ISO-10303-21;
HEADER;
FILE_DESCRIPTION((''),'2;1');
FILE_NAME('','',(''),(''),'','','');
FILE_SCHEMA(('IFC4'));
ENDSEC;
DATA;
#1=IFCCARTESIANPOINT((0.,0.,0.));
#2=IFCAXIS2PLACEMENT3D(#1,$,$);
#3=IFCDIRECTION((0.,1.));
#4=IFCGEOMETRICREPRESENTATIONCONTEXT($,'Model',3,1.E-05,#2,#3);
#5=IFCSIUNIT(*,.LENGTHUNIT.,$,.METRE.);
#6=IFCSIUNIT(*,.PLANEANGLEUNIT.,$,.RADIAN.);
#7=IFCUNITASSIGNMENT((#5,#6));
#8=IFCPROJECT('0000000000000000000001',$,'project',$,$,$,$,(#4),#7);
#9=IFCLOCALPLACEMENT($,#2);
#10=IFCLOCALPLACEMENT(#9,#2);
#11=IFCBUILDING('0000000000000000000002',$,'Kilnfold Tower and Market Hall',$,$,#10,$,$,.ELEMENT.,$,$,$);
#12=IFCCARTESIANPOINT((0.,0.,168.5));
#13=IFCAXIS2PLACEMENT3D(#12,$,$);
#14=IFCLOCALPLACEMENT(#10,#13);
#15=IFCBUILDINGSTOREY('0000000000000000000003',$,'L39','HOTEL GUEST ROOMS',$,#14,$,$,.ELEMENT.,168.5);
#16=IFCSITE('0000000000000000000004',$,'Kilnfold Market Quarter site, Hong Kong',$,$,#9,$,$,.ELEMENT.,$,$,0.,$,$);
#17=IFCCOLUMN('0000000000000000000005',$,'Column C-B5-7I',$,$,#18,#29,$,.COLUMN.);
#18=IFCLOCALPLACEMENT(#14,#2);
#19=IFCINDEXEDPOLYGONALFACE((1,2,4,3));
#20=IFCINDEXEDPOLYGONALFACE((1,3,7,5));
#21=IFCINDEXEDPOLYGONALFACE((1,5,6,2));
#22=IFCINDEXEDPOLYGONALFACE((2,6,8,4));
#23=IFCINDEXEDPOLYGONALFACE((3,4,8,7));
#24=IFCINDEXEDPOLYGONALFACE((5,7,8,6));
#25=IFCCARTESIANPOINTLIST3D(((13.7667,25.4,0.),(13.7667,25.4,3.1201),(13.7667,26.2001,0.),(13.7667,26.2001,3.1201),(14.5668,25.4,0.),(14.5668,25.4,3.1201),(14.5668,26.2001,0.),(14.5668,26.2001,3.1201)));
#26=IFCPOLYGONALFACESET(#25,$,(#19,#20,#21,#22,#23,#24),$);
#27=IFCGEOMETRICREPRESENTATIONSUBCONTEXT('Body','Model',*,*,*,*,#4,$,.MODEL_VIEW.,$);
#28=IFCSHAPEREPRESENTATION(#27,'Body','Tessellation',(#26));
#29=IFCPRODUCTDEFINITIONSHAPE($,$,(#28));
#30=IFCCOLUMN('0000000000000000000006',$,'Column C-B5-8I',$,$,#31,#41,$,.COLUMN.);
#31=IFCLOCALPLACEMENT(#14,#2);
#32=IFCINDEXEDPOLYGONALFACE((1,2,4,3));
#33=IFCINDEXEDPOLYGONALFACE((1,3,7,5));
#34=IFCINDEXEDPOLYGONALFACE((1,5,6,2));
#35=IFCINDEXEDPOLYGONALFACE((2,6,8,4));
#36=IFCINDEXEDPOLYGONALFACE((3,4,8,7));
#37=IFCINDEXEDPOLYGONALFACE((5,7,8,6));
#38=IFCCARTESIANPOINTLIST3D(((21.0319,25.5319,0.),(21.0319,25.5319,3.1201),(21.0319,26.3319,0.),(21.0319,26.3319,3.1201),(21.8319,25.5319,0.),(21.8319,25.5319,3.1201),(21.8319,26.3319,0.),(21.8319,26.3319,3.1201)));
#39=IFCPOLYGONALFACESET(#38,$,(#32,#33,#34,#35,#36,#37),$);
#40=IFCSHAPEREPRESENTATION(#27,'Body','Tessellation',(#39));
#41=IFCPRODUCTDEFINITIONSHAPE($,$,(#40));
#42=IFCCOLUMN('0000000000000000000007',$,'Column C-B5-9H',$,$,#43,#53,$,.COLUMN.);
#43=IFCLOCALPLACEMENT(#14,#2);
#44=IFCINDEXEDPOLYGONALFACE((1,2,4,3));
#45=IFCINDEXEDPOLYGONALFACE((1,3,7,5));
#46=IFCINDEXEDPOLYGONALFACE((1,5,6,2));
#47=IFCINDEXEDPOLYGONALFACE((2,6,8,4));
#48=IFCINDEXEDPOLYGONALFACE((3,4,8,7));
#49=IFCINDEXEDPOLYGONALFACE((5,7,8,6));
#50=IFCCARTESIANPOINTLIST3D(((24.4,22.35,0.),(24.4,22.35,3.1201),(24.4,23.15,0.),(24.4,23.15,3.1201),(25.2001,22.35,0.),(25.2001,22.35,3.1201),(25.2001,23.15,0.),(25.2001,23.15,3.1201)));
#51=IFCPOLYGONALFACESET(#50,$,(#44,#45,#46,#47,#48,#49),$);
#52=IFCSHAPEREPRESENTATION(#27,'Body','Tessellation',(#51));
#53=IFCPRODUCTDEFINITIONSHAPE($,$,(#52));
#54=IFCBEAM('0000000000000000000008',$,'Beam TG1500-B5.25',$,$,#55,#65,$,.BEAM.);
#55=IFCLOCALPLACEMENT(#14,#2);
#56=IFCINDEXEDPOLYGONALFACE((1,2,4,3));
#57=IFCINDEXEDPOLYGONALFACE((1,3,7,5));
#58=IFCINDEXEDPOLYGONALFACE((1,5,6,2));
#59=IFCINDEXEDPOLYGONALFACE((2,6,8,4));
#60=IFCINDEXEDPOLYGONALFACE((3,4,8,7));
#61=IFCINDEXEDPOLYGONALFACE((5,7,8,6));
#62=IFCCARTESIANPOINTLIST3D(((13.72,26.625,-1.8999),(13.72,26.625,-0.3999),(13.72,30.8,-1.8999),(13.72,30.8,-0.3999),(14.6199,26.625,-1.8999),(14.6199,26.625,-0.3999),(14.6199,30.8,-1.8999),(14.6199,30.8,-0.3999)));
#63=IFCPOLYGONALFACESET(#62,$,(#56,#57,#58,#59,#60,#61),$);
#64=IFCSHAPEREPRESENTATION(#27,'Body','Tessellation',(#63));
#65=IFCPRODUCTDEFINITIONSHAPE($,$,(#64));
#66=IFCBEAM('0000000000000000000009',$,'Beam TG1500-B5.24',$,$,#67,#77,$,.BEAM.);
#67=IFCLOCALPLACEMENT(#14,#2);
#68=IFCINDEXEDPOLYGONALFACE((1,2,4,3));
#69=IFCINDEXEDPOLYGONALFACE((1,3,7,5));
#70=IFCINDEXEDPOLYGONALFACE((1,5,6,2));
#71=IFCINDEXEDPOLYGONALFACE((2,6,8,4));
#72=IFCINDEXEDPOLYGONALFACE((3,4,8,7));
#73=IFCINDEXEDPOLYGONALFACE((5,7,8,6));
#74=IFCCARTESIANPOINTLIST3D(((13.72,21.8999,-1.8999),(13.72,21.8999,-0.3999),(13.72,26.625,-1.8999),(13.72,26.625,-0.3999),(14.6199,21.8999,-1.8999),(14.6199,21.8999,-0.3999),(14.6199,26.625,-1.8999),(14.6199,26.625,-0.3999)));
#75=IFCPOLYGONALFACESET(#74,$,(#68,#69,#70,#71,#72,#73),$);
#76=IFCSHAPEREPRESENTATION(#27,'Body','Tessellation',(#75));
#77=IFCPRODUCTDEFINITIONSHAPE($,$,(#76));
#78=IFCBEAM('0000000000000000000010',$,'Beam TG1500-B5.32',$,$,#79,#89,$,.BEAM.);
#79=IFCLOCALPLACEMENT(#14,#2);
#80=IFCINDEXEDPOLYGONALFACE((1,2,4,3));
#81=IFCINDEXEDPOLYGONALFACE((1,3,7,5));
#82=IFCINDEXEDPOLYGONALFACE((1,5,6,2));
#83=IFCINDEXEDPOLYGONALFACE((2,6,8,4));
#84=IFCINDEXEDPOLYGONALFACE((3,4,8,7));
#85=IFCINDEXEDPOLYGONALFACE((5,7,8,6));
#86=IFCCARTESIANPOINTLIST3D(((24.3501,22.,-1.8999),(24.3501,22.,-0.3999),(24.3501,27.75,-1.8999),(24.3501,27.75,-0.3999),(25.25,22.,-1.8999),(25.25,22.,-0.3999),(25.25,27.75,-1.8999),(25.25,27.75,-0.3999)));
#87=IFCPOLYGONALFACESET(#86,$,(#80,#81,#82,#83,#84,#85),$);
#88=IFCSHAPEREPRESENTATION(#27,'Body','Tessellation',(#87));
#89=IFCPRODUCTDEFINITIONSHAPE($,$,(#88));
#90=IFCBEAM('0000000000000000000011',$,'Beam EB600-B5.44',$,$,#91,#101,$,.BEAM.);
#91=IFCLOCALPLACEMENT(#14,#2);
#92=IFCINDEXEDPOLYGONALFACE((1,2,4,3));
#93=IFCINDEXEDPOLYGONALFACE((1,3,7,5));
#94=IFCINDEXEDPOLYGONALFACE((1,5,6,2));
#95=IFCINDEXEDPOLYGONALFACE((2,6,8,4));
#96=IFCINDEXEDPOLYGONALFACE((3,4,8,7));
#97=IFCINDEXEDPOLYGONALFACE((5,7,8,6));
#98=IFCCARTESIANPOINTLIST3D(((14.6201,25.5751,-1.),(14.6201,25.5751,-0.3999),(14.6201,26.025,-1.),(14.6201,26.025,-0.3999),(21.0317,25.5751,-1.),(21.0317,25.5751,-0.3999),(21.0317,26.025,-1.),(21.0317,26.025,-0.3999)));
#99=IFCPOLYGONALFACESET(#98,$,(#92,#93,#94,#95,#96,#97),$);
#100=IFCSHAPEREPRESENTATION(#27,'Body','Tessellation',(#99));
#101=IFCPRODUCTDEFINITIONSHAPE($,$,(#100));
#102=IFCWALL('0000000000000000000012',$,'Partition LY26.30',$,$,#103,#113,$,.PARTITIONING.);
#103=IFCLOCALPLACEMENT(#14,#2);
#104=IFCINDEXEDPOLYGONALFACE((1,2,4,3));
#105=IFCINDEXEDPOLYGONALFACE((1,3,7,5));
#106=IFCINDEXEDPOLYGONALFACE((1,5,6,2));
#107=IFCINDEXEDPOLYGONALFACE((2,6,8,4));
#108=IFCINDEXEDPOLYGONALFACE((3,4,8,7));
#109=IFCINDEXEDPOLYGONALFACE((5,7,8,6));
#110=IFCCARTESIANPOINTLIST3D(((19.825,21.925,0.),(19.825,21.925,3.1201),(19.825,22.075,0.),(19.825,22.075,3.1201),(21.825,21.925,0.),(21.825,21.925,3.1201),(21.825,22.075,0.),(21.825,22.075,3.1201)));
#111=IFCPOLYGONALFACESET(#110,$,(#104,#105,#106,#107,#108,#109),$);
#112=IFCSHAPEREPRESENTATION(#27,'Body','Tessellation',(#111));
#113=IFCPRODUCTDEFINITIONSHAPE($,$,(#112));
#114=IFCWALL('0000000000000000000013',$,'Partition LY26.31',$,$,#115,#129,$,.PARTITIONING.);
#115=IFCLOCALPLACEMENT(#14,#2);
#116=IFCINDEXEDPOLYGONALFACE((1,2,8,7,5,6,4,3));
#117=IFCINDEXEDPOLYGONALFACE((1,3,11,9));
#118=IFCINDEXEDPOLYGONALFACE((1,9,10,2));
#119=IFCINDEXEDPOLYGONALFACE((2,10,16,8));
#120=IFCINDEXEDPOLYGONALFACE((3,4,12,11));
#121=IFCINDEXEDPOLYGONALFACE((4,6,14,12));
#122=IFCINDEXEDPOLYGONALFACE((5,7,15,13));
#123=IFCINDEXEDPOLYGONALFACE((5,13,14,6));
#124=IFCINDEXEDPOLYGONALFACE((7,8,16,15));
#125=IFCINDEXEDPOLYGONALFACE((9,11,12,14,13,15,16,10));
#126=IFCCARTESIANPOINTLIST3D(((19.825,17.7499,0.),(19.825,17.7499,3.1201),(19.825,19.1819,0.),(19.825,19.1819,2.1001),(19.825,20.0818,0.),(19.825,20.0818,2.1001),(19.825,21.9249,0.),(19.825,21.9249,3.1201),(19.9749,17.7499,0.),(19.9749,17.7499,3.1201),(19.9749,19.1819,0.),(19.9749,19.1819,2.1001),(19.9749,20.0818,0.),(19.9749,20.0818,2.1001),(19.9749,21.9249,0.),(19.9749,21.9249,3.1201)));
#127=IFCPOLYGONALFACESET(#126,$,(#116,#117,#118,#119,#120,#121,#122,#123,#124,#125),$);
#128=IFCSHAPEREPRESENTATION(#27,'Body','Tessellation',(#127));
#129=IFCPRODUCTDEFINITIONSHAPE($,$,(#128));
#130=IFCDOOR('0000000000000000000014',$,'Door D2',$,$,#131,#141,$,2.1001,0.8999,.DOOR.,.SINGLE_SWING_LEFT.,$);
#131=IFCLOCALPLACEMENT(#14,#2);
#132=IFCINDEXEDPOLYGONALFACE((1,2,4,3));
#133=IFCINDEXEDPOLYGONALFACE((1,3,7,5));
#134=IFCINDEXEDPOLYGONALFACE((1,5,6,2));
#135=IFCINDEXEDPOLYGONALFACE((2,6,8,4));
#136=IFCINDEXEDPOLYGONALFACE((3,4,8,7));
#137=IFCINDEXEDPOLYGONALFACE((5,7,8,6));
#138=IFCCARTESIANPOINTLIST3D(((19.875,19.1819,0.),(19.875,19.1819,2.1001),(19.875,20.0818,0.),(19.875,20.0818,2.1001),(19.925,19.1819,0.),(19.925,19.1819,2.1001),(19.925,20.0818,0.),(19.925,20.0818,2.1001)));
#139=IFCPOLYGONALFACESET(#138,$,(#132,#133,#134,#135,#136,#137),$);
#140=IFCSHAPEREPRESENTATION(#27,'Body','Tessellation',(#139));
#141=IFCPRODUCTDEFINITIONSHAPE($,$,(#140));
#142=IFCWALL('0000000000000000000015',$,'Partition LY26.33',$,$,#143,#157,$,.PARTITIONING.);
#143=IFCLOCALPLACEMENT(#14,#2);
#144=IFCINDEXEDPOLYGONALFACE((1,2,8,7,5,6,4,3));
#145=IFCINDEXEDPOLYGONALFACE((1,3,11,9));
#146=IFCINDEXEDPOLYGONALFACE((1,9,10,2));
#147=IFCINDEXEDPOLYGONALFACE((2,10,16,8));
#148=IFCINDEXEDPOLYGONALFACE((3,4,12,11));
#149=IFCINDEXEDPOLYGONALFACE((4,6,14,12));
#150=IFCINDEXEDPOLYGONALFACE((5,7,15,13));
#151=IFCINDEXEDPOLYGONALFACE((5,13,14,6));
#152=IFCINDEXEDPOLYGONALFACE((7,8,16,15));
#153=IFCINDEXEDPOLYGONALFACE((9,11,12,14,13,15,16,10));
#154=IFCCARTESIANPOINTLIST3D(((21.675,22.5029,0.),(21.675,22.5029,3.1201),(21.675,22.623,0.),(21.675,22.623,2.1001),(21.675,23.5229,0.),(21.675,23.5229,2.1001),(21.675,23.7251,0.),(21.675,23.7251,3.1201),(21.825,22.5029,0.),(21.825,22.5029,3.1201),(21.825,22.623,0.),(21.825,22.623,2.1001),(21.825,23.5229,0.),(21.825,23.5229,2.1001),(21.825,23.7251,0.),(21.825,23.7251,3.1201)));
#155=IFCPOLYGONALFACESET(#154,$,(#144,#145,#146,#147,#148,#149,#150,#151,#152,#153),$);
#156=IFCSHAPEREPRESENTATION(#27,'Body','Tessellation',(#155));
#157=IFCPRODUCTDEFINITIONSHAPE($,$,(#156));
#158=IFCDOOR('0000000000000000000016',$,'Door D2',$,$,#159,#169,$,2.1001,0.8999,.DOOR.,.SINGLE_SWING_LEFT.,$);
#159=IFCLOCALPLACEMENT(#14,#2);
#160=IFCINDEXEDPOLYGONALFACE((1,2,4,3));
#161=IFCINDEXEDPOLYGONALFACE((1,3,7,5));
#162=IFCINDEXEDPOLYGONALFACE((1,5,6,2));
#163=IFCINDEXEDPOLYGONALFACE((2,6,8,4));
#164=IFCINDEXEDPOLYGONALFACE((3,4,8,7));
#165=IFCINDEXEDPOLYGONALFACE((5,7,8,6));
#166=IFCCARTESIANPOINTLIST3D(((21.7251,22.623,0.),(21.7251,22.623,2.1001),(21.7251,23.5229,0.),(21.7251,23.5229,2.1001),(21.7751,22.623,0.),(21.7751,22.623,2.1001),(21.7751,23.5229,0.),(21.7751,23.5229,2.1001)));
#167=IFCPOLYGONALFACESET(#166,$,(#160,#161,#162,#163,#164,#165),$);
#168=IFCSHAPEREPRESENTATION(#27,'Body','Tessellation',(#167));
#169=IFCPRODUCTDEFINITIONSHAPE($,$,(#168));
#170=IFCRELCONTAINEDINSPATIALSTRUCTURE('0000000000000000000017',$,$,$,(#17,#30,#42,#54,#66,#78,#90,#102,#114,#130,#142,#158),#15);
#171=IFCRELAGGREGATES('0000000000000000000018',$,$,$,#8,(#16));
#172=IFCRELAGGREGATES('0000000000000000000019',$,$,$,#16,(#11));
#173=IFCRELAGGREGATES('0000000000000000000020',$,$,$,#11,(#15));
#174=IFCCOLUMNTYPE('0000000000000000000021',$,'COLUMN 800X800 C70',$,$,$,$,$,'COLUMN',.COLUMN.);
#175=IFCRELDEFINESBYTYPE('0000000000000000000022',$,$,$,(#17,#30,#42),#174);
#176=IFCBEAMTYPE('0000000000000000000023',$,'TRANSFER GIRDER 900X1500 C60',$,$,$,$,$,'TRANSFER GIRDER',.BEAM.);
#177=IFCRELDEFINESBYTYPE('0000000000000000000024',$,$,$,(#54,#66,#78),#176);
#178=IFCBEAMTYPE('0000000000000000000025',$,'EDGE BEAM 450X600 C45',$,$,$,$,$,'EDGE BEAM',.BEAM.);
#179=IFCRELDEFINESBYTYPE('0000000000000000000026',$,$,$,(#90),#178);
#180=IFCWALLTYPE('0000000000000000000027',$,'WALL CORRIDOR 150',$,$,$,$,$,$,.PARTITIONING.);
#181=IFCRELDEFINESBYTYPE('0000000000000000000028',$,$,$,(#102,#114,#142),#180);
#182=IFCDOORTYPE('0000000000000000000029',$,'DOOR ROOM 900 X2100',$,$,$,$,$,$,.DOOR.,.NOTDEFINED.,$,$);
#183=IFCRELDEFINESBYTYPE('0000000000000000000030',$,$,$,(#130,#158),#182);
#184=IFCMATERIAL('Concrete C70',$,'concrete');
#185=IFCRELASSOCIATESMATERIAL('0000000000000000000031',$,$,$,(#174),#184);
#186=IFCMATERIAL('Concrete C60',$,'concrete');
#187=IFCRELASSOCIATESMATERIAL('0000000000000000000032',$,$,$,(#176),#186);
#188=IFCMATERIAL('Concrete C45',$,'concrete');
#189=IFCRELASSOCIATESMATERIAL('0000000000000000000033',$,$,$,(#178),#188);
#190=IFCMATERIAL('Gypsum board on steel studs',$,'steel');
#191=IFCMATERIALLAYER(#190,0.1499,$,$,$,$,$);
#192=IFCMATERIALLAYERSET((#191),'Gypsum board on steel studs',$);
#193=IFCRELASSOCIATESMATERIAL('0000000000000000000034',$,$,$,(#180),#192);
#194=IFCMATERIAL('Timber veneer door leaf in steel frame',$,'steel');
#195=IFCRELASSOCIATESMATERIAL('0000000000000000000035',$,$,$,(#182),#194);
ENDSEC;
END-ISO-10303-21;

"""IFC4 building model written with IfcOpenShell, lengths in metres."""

from ifc_helpers import new_model, si_unit, direction, frame, frame_2d, origin, origin_2d, place, context, subcontext, project, spatial, rectangle, extrude, source, transform, mapped, material, layer, layer_set, material_profile, profile_set, type_object, element, fill, save


model = new_model("IFC4")

# Units and contexts
model_context = context("Model", 3, precision=1e-05, world=origin(), true_north=direction((0.0, 1.0)))
body_context = subcontext(model_context, "Body", "Model", "MODEL_VIEW")
ifc_project = project(units=[si_unit("LENGTHUNIT", "METRE"), si_unit("PLANEANGLEUNIT", "RADIAN")], contexts=[model_context])

# Site, building, storey
site_placement = place(None, origin())
site = spatial("IfcSite", under=ifc_project, at=site_placement, Name="Kilnfold Market Quarter site, Hong Kong", CompositionType="ELEMENT", RefElevation=0.0)
building_placement = place(site_placement, origin())
building = spatial("IfcBuilding", under=site, at=building_placement, Name="Kilnfold Tower and Market Hall", CompositionType="ELEMENT")
storey_placement = place(building_placement, frame((0.0, 0.0, 168.5)))
storey = spatial("IfcBuildingStorey", under=building, at=storey_placement, Name="L39", Description="HOTEL GUEST ROOMS", CompositionType="ELEMENT", Elevation=168.5)

# Columns
ifc_material_1 = material(Name="Concrete C70", Category="concrete")
ifc_material_profile_1 = material_profile(ifc_material_1, rectangle(XDim=0.8, YDim=0.8, at=origin_2d()), Name="RC 800x800")
ifc_profile_set_1 = profile_set([ifc_material_profile_1], Name="Concrete C70")
column_type = type_object("IfcColumnType", Name="COLUMN 800X800 C70", ElementType="COLUMN", PredefinedType="COLUMN", material=ifc_profile_set_1)
shared_shape_1 = source(origin(), body_context, "Body", "SweptSolid", [
    extrude(rectangle(XDim=0.8, YDim=0.8, at=origin_2d()), origin(), (0.0, 0.0, 1.0), 3.1201),
])
for number, where, z_axis, x_axis, name in (
    (1, (14.1667, 25.8, 0.0), (0.0, 0.0, 1.0), (1.0, 0.0, 0.0), "Column C-B5-7I"),
    (2, (21.4319, 25.9319, 0.0), (0.0, 0.0, 1.0), (1.0, 0.0, 0.0), "Column C-B5-8I"),
    (3, (24.8, 22.75, 0.0), (0.0, 0.0, 1.0), (1.0, 0.0, 0.0), "Column C-B5-9H"),
):
    element("IfcColumn", number, at=place(storey_placement, frame(where, z_axis=z_axis, x_axis=x_axis)), inside=storey, type_object=column_type, Name=name, PredefinedType="COLUMN", context=body_context, shape_type="MappedRepresentation", body=[
        mapped(shared_shape_1, transform((0.0, 0.0, 0.0))),
    ])

# Beams
ifc_material_2 = material(Name="Concrete C60", Category="concrete")
ifc_material_profile_2 = material_profile(ifc_material_2, rectangle(XDim=0.8999, YDim=1.5, at=origin_2d()), Name="RC 900x1500")
ifc_profile_set_2 = profile_set([ifc_material_profile_2], Name="Concrete C60")
beam_type_1 = type_object("IfcBeamType", Name="TRANSFER GIRDER 900X1500 C60", ElementType="TRANSFER GIRDER", PredefinedType="BEAM", material=ifc_profile_set_2)
shared_shape_2 = source(origin(), body_context, "Body", "SweptSolid", [
    extrude(rectangle(XDim=0.8999, YDim=1.5, at=origin_2d()), origin(), (0.0, 0.0, 1.0), 4.175),
])
beam_1_placement = place(storey_placement, frame((14.1699, 26.625, -1.1499), z_axis=(0.0, 1.0, 0.0), x_axis=(-1.0, 0.0, 0.0)))
element("IfcBeam", 4, at=beam_1_placement, inside=storey, type_object=beam_type_1, Name="Beam TG1500-B5.25", PredefinedType="BEAM", context=body_context, shape_type="MappedRepresentation", body=[
    mapped(shared_shape_2, transform((0.0, 0.0, 0.0))),
])
shared_shape_3 = source(origin(), body_context, "Body", "SweptSolid", [
    extrude(rectangle(XDim=0.8999, YDim=1.5, at=origin_2d()), origin(), (0.0, 0.0, 1.0), 4.7251),
])
beam_2_placement = place(storey_placement, frame((14.1699, 21.8999, -1.1499), z_axis=(0.0, 1.0, 0.0), x_axis=(-1.0, 0.0, 0.0)))
element("IfcBeam", 5, at=beam_2_placement, inside=storey, type_object=beam_type_1, Name="Beam TG1500-B5.24", PredefinedType="BEAM", context=body_context, shape_type="MappedRepresentation", body=[
    mapped(shared_shape_3, transform((0.0, 0.0, 0.0))),
])
shared_shape_4 = source(origin(), body_context, "Body", "SweptSolid", [
    extrude(rectangle(XDim=0.8999, YDim=1.5, at=origin_2d()), origin(), (0.0, 0.0, 1.0), 5.75),
])
beam_3_placement = place(storey_placement, frame((24.8, 22.0, -1.1499), z_axis=(0.0, 1.0, 0.0), x_axis=(-1.0, 0.0, 0.0)))
element("IfcBeam", 6, at=beam_3_placement, inside=storey, type_object=beam_type_1, Name="Beam TG1500-B5.32", PredefinedType="BEAM", context=body_context, shape_type="MappedRepresentation", body=[
    mapped(shared_shape_4, transform((0.0, 0.0, 0.0))),
])
ifc_material_3 = material(Name="Concrete C45", Category="concrete")
ifc_material_profile_3 = material_profile(ifc_material_3, rectangle(XDim=0.45, YDim=0.6001, at=origin_2d()), Name="RC 450x600")
ifc_profile_set_3 = profile_set([ifc_material_profile_3], Name="Concrete C45")
beam_type_2 = type_object("IfcBeamType", Name="EDGE BEAM 450X600 C45", ElementType="EDGE BEAM", PredefinedType="BEAM", material=ifc_profile_set_3)
shared_shape_5 = source(origin(), body_context, "Body", "SweptSolid", [
    extrude(rectangle(XDim=0.45, YDim=0.6001, at=origin_2d()), origin(), (0.0, 0.0, 1.0), 6.4116),
])
beam_4_placement = place(storey_placement, frame((14.6201, 25.8, -0.7), z_axis=(1.0, 0.0, 0.0), x_axis=(0.0, 1.0, 0.0)))
element("IfcBeam", 7, at=beam_4_placement, inside=storey, type_object=beam_type_2, Name="Beam EB600-B5.44", PredefinedType="BEAM", context=body_context, shape_type="MappedRepresentation", body=[
    mapped(shared_shape_5, transform((0.0, 0.0, 0.0))),
])

# Wall
ifc_material_4 = material(Name="Gypsum board on steel studs", Category="steel")
ifc_layer_1 = layer(ifc_material_4, 0.1499)
ifc_layer_set_1 = layer_set([ifc_layer_1], Name="Gypsum board on steel studs")
wall_type_1 = type_object("IfcWallType", Name="WALL CORRIDOR 150", PredefinedType="PARTITIONING", material=ifc_layer_set_1)
wall_1_placement = place(storey_placement, frame((19.825, 22.0, 0.0), z_axis=(0.0, 0.0, 1.0), x_axis=(1.0, 0.0, 0.0)))
element("IfcWall", 8, at=wall_1_placement, inside=storey, type_object=wall_type_1, Name="Partition LY26.30", PredefinedType="PARTITIONING", context=body_context, shape_type="SweptSolid", body=[
    extrude(rectangle(XDim=2.0, YDim=0.1499, at=frame_2d((1.0, 0.0))), origin(), (0.0, 0.0, 1.0), 3.1201),
])

# Walls, openings, doors
wall_2_placement = place(storey_placement, frame((19.8999, 17.75, 0.0), z_axis=(0.0, 0.0, 1.0), x_axis=(0.0, 1.0, 0.0)))
wall_2 = element("IfcWall", 9, at=wall_2_placement, inside=storey, type_object=wall_type_1, Name="Partition LY26.31", PredefinedType="PARTITIONING", context=body_context, shape_type="SweptSolid", body=[
    extrude(rectangle(XDim=4.175, YDim=0.1499, at=frame_2d((2.0874, 0.0))), origin(), (0.0, 0.0, 1.0), 3.1201),
])
opening_1_placement = place(wall_2_placement, frame((1.4319, 0.0, 0.0)))
opening_1 = element("IfcOpeningElement", 10, at=opening_1_placement, cuts=wall_2, PredefinedType="OPENING", context=body_context, shape_type="SweptSolid", body=[
    extrude(rectangle(XDim=0.8999, YDim=2.1001, at=frame_2d((0.45, 1.05))), frame((0.0, 0.085, 0.0), z_axis=(0.0, -1.0, 0.0), x_axis=(1.0, 0.0, 0.0)), (0.0, 0.0, 1.0), 0.1699),
])
ifc_material_5 = material(Name="Timber veneer door leaf in steel frame", Category="steel")
door_type_1 = type_object("IfcDoorType", Name="DOOR ROOM 900 X2100", OperationType="NOTDEFINED", PredefinedType="DOOR", material=ifc_material_5)
door_1_placement = place(opening_1_placement, origin())
door_1 = element("IfcDoor", 11, at=door_1_placement, inside=storey, type_object=door_type_1, Name="Door D2", OperationType="SINGLE_SWING_LEFT", OverallHeight=2.1001, OverallWidth=0.8999, PredefinedType="DOOR", context=body_context, shape_type="SweptSolid", body=[
    extrude(rectangle(XDim=0.8999, YDim=2.1001, at=frame_2d((0.45, 1.05))), frame((0.0, 0.0249, 0.0), z_axis=(0.0, -1.0, 0.0), x_axis=(1.0, 0.0, 0.0)), (0.0, 0.0, 1.0), 0.05),
])
fill(opening_1, door_1)
wall_3_placement = place(storey_placement, frame((21.75, 22.5029, 0.0), z_axis=(0.0, 0.0, 1.0), x_axis=(0.0, 1.0, 0.0)))
wall_3 = element("IfcWall", 12, at=wall_3_placement, inside=storey, type_object=wall_type_1, Name="Partition LY26.33", PredefinedType="PARTITIONING", context=body_context, shape_type="SweptSolid", body=[
    extrude(rectangle(XDim=1.2222, YDim=0.1499, at=frame_2d((0.6111, 0.0))), origin(), (0.0, 0.0, 1.0), 3.1201),
])
opening_2_placement = place(wall_3_placement, frame((0.1201, 0.0, 0.0)))
opening_2 = element("IfcOpeningElement", 13, at=opening_2_placement, cuts=wall_3, PredefinedType="OPENING", context=body_context, shape_type="SweptSolid", body=[
    extrude(rectangle(XDim=0.8999, YDim=2.1001, at=frame_2d((0.45, 1.05))), frame((0.0, 0.085, 0.0), z_axis=(0.0, -1.0, 0.0), x_axis=(1.0, 0.0, 0.0)), (0.0, 0.0, 1.0), 0.1699),
])
door_2_placement = place(opening_2_placement, origin())
door_2 = element("IfcDoor", 14, at=door_2_placement, inside=storey, type_object=door_type_1, Name="Door D2", OperationType="SINGLE_SWING_LEFT", OverallHeight=2.1001, OverallWidth=0.8999, PredefinedType="DOOR", context=body_context, shape_type="SweptSolid", body=[
    extrude(rectangle(XDim=0.8999, YDim=2.1001, at=frame_2d((0.45, 1.05))), frame((0.0, 0.0249, 0.0), z_axis=(0.0, -1.0, 0.0), x_axis=(1.0, 0.0, 0.0)), (0.0, 0.0, 1.0), 0.05),
])
fill(opening_2, door_2)

save(model, "model.ifc")
